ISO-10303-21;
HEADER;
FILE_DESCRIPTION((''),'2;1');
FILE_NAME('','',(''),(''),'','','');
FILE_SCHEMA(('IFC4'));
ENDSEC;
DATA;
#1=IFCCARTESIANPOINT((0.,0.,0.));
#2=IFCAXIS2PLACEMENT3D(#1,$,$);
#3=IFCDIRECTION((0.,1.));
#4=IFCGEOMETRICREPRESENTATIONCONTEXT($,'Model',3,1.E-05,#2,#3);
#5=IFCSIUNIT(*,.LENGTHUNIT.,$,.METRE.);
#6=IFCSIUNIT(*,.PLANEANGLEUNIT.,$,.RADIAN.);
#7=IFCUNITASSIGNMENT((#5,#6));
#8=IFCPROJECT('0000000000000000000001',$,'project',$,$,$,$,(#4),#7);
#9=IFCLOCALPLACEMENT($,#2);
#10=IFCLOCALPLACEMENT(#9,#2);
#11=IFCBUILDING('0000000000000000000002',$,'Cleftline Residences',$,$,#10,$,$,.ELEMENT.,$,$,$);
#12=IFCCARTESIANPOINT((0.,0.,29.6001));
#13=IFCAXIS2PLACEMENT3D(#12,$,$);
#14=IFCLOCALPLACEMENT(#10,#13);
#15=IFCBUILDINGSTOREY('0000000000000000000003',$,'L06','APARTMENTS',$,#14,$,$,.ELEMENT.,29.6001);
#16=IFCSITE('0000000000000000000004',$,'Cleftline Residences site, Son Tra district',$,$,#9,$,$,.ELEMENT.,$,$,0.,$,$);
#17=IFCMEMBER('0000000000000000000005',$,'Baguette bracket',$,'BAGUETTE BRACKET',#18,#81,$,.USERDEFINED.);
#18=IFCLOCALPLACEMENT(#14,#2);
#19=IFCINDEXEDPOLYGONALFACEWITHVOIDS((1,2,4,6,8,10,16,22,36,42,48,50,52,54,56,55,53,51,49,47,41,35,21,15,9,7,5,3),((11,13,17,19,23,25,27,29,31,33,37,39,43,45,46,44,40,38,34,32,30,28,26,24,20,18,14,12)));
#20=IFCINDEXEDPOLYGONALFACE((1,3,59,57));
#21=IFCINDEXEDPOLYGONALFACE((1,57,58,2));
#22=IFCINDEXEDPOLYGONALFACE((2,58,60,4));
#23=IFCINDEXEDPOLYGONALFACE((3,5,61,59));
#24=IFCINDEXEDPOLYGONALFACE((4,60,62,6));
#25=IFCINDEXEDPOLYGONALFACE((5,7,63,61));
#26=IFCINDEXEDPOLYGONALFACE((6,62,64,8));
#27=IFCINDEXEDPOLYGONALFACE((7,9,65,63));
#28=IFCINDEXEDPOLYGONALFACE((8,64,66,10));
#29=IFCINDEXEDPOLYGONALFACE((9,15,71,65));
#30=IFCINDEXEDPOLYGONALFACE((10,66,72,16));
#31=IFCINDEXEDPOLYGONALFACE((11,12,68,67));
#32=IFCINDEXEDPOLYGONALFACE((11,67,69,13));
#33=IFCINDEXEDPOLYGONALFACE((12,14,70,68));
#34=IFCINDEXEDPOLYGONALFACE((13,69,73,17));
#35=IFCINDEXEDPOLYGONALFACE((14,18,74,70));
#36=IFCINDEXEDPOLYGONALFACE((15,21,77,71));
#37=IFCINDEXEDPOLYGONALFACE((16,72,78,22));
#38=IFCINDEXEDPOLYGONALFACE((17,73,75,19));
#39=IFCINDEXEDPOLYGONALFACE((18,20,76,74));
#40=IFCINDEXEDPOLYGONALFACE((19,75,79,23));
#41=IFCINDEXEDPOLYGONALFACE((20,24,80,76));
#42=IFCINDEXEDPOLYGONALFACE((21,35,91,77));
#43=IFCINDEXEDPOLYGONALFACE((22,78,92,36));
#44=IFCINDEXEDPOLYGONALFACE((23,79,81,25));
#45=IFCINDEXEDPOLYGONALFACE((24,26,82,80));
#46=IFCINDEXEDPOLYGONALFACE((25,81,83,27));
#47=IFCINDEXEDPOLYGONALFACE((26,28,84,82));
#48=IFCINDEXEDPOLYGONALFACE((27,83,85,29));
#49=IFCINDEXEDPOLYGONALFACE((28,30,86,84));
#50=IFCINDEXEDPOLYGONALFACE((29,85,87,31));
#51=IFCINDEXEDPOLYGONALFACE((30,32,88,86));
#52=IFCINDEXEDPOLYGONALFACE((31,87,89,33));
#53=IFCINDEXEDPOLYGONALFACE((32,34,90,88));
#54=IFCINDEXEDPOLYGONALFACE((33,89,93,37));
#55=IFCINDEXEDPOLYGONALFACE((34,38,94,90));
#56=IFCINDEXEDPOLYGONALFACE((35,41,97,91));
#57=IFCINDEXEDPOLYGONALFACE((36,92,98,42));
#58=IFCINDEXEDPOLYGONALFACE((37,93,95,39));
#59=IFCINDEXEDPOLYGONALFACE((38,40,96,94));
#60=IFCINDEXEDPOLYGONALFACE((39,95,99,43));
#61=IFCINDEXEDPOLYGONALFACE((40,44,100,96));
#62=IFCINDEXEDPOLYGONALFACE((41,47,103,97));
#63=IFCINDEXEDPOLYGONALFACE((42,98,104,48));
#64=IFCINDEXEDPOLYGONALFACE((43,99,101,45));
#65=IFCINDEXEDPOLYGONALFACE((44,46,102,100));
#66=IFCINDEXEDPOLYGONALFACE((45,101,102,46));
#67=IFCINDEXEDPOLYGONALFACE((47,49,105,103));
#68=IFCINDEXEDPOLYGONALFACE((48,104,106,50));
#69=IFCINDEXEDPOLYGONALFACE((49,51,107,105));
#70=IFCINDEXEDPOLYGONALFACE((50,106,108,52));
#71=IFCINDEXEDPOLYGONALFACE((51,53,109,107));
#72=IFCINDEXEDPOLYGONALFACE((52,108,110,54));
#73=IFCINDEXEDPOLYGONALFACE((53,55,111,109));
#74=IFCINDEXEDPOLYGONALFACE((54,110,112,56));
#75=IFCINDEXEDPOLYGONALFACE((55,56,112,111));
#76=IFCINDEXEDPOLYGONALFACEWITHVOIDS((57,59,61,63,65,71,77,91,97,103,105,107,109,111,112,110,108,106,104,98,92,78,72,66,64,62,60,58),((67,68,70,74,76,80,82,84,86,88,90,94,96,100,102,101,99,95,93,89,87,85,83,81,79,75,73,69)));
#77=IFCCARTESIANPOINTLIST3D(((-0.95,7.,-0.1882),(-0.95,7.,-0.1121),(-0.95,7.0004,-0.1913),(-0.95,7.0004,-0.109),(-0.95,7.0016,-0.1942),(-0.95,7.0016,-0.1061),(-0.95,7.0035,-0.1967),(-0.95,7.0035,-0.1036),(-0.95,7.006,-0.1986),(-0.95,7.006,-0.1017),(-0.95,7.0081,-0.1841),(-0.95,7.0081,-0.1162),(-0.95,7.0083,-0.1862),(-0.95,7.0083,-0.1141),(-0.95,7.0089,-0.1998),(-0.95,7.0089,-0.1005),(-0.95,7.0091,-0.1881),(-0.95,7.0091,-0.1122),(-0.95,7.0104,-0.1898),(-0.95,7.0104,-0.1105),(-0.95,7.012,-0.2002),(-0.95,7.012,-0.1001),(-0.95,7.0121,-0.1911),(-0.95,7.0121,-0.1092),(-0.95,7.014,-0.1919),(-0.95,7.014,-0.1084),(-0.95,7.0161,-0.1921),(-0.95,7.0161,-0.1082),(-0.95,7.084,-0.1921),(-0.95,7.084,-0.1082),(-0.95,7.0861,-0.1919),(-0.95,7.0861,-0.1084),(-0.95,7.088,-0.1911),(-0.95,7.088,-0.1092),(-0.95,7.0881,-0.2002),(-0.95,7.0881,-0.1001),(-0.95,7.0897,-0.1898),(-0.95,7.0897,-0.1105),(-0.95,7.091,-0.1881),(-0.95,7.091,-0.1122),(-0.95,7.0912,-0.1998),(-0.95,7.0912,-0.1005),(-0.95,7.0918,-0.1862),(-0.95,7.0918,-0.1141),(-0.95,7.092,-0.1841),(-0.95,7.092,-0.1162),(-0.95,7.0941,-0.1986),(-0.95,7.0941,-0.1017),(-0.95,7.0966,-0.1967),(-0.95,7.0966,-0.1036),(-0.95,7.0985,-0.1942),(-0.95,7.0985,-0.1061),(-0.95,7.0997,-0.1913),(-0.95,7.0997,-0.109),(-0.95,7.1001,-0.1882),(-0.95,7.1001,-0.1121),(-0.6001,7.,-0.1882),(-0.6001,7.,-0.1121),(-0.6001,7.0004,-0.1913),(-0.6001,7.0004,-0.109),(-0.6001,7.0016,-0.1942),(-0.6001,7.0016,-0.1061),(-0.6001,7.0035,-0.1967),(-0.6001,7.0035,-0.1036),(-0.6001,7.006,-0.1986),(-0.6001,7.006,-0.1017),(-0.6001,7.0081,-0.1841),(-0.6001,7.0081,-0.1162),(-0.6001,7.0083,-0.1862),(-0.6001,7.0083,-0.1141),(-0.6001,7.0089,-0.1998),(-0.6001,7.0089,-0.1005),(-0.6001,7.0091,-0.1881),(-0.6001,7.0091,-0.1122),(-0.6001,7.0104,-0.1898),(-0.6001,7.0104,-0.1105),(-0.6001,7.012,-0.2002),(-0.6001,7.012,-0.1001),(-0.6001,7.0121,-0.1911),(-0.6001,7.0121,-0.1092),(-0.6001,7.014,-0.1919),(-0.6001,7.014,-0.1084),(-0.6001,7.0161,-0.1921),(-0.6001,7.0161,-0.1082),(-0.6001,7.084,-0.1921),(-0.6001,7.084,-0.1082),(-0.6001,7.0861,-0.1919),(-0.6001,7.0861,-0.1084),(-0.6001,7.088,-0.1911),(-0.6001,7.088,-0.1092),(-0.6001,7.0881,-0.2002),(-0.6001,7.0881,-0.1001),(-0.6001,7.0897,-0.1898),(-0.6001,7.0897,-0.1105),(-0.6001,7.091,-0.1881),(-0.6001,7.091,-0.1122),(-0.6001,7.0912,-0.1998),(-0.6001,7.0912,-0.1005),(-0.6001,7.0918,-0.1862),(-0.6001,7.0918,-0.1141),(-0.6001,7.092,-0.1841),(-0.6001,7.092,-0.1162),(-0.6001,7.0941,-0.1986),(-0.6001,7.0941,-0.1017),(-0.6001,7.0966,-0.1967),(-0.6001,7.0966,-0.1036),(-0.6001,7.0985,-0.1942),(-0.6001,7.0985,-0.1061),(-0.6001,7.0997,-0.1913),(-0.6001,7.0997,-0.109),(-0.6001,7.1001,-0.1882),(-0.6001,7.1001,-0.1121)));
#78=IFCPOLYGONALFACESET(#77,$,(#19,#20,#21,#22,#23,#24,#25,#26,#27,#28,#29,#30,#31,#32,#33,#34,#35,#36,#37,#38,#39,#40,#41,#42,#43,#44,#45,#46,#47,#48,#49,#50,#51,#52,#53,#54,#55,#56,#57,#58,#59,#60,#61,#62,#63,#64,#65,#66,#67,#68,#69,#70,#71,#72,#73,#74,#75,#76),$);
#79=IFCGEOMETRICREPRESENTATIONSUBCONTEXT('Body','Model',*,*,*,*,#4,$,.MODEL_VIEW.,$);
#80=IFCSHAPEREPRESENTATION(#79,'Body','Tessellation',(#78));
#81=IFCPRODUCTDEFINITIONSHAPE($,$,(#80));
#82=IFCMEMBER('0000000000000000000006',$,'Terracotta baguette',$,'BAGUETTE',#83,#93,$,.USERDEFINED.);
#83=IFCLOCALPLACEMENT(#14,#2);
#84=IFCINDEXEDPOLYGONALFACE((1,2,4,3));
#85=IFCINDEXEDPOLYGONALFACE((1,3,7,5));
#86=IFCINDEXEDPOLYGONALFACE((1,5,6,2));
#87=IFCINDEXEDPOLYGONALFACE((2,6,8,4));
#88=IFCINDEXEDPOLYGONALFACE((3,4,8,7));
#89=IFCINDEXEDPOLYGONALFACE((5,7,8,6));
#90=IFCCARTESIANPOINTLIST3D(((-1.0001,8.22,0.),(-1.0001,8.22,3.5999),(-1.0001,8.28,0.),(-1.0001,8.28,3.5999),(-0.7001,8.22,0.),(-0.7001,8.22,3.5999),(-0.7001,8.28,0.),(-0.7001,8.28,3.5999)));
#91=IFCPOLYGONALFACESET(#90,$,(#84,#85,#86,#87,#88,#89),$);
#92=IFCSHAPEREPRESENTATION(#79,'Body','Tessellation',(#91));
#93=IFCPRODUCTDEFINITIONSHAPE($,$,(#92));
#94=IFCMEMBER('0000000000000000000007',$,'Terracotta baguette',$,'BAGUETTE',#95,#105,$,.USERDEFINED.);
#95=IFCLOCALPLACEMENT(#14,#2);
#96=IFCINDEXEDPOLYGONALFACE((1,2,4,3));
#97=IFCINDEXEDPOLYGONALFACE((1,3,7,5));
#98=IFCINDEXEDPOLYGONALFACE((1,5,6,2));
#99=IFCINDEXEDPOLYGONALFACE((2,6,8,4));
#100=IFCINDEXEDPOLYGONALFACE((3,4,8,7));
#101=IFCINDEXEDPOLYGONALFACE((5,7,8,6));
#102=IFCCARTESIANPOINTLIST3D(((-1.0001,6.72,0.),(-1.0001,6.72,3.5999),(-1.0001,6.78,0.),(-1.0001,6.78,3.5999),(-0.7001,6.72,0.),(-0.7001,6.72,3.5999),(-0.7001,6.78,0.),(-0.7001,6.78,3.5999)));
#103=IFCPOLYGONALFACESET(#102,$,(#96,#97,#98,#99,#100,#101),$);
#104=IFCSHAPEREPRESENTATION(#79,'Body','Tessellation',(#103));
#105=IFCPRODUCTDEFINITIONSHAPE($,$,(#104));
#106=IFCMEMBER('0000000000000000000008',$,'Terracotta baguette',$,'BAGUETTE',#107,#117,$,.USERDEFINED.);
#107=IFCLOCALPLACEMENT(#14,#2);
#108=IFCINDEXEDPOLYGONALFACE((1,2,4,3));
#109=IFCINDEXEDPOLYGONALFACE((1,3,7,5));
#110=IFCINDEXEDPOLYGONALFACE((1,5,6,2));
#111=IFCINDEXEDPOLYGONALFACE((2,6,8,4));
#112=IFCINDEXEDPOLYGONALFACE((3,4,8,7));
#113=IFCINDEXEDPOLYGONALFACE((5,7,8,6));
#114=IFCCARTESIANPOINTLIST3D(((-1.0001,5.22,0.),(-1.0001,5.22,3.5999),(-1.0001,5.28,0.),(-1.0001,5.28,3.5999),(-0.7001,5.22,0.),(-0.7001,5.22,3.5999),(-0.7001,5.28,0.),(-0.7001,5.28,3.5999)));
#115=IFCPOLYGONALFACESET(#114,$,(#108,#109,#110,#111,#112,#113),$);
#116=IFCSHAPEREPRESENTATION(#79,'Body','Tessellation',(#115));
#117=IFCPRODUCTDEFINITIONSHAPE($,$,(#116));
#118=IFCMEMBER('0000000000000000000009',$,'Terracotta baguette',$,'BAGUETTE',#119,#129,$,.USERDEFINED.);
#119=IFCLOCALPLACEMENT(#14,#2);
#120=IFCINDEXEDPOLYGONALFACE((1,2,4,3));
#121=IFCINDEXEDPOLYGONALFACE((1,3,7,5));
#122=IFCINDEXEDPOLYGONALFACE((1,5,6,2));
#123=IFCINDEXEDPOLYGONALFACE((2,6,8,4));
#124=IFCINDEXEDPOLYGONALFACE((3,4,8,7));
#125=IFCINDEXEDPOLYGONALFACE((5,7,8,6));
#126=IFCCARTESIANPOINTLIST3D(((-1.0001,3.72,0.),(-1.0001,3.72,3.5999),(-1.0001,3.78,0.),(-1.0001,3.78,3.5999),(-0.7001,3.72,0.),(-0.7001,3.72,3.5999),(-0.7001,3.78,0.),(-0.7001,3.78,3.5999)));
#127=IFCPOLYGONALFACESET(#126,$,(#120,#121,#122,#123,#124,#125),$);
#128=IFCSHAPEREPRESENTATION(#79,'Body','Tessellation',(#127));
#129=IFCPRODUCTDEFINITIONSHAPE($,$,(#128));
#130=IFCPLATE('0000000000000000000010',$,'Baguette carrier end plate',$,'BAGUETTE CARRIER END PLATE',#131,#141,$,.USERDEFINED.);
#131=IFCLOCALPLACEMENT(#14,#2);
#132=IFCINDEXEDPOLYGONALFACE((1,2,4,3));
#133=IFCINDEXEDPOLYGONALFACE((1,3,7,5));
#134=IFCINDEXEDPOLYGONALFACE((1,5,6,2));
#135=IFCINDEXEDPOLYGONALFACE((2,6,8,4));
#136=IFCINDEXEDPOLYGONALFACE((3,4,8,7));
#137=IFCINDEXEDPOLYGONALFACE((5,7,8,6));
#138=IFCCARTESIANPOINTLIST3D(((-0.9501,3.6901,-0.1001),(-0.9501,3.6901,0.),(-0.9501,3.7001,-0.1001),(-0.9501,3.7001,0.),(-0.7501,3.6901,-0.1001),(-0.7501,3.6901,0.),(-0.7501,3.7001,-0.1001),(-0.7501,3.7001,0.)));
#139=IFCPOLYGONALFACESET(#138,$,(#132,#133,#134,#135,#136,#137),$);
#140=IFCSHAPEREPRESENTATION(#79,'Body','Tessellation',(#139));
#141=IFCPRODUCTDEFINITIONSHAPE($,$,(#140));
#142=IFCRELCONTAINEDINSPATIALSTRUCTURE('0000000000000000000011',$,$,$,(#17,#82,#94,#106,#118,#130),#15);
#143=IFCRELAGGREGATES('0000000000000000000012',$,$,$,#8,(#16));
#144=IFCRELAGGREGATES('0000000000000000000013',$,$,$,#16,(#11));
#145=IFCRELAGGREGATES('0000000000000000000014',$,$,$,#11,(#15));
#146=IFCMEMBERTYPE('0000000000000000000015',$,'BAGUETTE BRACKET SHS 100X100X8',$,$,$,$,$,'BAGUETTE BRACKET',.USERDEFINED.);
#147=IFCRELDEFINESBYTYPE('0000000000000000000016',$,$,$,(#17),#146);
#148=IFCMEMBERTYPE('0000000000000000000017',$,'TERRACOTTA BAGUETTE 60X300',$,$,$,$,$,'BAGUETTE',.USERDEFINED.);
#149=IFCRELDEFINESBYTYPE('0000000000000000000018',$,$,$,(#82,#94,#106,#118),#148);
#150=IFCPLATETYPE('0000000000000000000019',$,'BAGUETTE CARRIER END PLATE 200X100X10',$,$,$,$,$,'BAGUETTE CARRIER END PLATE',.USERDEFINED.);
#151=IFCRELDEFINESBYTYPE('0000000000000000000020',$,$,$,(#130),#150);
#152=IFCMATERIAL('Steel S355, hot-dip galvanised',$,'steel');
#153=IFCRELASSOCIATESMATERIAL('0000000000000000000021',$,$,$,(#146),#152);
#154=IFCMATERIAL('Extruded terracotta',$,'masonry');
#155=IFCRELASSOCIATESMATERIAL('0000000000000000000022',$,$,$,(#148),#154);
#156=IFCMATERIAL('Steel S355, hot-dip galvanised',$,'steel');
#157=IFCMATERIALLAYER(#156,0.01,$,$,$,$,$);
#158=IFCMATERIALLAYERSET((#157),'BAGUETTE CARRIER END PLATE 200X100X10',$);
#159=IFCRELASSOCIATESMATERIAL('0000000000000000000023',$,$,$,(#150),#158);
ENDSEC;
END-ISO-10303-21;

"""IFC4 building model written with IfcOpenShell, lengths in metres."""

from ifc_helpers import new_model, si_unit, direction, frame, origin, origin_2d, place, context, subcontext, project, spatial, rectangle, hollow_rectangle, extrude, material, layer, layer_set, material_profile, profile_set, type_object, element, save


model = new_model("IFC4")

# Units and contexts
model_context = context("Model", 3, precision=1e-05, world=origin(), true_north=direction((0.0, 1.0)))
body_context = subcontext(model_context, "Body", "Model", "MODEL_VIEW")
ifc_project = project(units=[si_unit("LENGTHUNIT", "METRE"), si_unit("PLANEANGLEUNIT", "RADIAN")], contexts=[model_context])

# Site, building, storey
site_placement = place(None, origin())
site = spatial("IfcSite", under=ifc_project, at=site_placement, Name="Cleftline Residences site, Son Tra district", CompositionType="ELEMENT", RefElevation=0.0)
building_placement = place(site_placement, origin())
building = spatial("IfcBuilding", under=site, at=building_placement, Name="Cleftline Residences", CompositionType="ELEMENT")
storey_placement = place(building_placement, frame((0.0, 0.0, 29.6001)))
storey = spatial("IfcBuildingStorey", under=building, at=storey_placement, Name="L06", Description="APARTMENTS", CompositionType="ELEMENT", Elevation=29.6001)

# Members
ifc_material_1 = material(Name="Steel S355, hot-dip galvanised", Category="steel")
ifc_material_profile_1 = material_profile(ifc_material_1, hollow_rectangle(XDim=0.1001, YDim=0.1001, WallThickness=0.0081, InnerFilletRadius=0.0081, OuterFilletRadius=0.012, at=origin_2d()))
ifc_profile_set_1 = profile_set([ifc_material_profile_1], Name="Steel S355, hot-dip galvanised")
member_type_1 = type_object("IfcMemberType", Name="BAGUETTE BRACKET SHS 100X100X8", ElementType="BAGUETTE BRACKET", PredefinedType="USERDEFINED", material=ifc_profile_set_1)
member_placement = place(storey_placement, frame((-0.6001, 7.05, -0.1501), z_axis=(-1.0, 0.0, 0.0), x_axis=(0.0, -1.0, 0.0)))
element("IfcMember", 1, at=member_placement, inside=storey, type_object=member_type_1, Name="Baguette bracket", ObjectType="BAGUETTE BRACKET", PredefinedType="USERDEFINED", context=body_context, shape_type="SweptSolid", body=[
    extrude(hollow_rectangle(XDim=0.1001, YDim=0.1001, WallThickness=0.0081, InnerFilletRadius=0.0081, OuterFilletRadius=0.012, at=origin_2d()), origin(), (0.0, 0.0, 1.0), 0.3499),
])
ifc_material_2 = material(Name="Extruded terracotta", Category="masonry")
ifc_material_profile_2 = material_profile(ifc_material_2, rectangle(XDim=0.0601, YDim=0.3, at=origin_2d()))
ifc_profile_set_2 = profile_set([ifc_material_profile_2], Name="Extruded terracotta")
member_type_2 = type_object("IfcMemberType", Name="TERRACOTTA BAGUETTE 60X300", ElementType="BAGUETTE", PredefinedType="USERDEFINED", material=ifc_profile_set_2)
for number, where, z_axis, x_axis, name in (
    (2, (-0.8501, 8.25, 0.0), (0.0, 0.0, 1.0), (0.0, 1.0, 0.0), "Terracotta baguette"),
    (3, (-0.8501, 6.75, 0.0), (0.0, 0.0, 1.0), (0.0, 1.0, 0.0), "Terracotta baguette"),
    (4, (-0.8501, 5.25, 0.0), (0.0, 0.0, 1.0), (0.0, 1.0, 0.0), "Terracotta baguette"),
    (5, (-0.8501, 3.75, 0.0), (0.0, 0.0, 1.0), (0.0, 1.0, 0.0), "Terracotta baguette"),
):
    element("IfcMember", number, at=place(storey_placement, frame(where, z_axis=z_axis, x_axis=x_axis)), inside=storey, type_object=member_type_2, Name=name, ObjectType="BAGUETTE", PredefinedType="USERDEFINED", context=body_context, shape_type="SweptSolid", body=[
        extrude(rectangle(XDim=0.0601, YDim=0.3, at=origin_2d()), origin(), (0.0, 0.0, 1.0), 3.5999),
    ])

# Plate
ifc_material_3 = material(Name="Steel S355, hot-dip galvanised", Category="steel")
ifc_layer_1 = layer(ifc_material_3, 0.01)
ifc_layer_set_1 = layer_set([ifc_layer_1], Name="BAGUETTE CARRIER END PLATE 200X100X10")
plate_type = type_object("IfcPlateType", Name="BAGUETTE CARRIER END PLATE 200X100X10", ElementType="BAGUETTE CARRIER END PLATE", PredefinedType="USERDEFINED", material=ifc_layer_set_1)
plate_placement = place(storey_placement, frame((-0.8501, 3.6951, -0.1001), z_axis=(0.0, 0.0, 1.0), x_axis=(-1.0, 0.0, 0.0)))
element("IfcPlate", 6, at=plate_placement, inside=storey, type_object=plate_type, Name="Baguette carrier end plate", ObjectType="BAGUETTE CARRIER END PLATE", PredefinedType="USERDEFINED", context=body_context, shape_type="SweptSolid", body=[
    extrude(rectangle(XDim=0.2, YDim=0.01, at=origin_2d()), origin(), (0.0, 0.0, 1.0), 0.1001),
])

save(model, "model.ifc")
